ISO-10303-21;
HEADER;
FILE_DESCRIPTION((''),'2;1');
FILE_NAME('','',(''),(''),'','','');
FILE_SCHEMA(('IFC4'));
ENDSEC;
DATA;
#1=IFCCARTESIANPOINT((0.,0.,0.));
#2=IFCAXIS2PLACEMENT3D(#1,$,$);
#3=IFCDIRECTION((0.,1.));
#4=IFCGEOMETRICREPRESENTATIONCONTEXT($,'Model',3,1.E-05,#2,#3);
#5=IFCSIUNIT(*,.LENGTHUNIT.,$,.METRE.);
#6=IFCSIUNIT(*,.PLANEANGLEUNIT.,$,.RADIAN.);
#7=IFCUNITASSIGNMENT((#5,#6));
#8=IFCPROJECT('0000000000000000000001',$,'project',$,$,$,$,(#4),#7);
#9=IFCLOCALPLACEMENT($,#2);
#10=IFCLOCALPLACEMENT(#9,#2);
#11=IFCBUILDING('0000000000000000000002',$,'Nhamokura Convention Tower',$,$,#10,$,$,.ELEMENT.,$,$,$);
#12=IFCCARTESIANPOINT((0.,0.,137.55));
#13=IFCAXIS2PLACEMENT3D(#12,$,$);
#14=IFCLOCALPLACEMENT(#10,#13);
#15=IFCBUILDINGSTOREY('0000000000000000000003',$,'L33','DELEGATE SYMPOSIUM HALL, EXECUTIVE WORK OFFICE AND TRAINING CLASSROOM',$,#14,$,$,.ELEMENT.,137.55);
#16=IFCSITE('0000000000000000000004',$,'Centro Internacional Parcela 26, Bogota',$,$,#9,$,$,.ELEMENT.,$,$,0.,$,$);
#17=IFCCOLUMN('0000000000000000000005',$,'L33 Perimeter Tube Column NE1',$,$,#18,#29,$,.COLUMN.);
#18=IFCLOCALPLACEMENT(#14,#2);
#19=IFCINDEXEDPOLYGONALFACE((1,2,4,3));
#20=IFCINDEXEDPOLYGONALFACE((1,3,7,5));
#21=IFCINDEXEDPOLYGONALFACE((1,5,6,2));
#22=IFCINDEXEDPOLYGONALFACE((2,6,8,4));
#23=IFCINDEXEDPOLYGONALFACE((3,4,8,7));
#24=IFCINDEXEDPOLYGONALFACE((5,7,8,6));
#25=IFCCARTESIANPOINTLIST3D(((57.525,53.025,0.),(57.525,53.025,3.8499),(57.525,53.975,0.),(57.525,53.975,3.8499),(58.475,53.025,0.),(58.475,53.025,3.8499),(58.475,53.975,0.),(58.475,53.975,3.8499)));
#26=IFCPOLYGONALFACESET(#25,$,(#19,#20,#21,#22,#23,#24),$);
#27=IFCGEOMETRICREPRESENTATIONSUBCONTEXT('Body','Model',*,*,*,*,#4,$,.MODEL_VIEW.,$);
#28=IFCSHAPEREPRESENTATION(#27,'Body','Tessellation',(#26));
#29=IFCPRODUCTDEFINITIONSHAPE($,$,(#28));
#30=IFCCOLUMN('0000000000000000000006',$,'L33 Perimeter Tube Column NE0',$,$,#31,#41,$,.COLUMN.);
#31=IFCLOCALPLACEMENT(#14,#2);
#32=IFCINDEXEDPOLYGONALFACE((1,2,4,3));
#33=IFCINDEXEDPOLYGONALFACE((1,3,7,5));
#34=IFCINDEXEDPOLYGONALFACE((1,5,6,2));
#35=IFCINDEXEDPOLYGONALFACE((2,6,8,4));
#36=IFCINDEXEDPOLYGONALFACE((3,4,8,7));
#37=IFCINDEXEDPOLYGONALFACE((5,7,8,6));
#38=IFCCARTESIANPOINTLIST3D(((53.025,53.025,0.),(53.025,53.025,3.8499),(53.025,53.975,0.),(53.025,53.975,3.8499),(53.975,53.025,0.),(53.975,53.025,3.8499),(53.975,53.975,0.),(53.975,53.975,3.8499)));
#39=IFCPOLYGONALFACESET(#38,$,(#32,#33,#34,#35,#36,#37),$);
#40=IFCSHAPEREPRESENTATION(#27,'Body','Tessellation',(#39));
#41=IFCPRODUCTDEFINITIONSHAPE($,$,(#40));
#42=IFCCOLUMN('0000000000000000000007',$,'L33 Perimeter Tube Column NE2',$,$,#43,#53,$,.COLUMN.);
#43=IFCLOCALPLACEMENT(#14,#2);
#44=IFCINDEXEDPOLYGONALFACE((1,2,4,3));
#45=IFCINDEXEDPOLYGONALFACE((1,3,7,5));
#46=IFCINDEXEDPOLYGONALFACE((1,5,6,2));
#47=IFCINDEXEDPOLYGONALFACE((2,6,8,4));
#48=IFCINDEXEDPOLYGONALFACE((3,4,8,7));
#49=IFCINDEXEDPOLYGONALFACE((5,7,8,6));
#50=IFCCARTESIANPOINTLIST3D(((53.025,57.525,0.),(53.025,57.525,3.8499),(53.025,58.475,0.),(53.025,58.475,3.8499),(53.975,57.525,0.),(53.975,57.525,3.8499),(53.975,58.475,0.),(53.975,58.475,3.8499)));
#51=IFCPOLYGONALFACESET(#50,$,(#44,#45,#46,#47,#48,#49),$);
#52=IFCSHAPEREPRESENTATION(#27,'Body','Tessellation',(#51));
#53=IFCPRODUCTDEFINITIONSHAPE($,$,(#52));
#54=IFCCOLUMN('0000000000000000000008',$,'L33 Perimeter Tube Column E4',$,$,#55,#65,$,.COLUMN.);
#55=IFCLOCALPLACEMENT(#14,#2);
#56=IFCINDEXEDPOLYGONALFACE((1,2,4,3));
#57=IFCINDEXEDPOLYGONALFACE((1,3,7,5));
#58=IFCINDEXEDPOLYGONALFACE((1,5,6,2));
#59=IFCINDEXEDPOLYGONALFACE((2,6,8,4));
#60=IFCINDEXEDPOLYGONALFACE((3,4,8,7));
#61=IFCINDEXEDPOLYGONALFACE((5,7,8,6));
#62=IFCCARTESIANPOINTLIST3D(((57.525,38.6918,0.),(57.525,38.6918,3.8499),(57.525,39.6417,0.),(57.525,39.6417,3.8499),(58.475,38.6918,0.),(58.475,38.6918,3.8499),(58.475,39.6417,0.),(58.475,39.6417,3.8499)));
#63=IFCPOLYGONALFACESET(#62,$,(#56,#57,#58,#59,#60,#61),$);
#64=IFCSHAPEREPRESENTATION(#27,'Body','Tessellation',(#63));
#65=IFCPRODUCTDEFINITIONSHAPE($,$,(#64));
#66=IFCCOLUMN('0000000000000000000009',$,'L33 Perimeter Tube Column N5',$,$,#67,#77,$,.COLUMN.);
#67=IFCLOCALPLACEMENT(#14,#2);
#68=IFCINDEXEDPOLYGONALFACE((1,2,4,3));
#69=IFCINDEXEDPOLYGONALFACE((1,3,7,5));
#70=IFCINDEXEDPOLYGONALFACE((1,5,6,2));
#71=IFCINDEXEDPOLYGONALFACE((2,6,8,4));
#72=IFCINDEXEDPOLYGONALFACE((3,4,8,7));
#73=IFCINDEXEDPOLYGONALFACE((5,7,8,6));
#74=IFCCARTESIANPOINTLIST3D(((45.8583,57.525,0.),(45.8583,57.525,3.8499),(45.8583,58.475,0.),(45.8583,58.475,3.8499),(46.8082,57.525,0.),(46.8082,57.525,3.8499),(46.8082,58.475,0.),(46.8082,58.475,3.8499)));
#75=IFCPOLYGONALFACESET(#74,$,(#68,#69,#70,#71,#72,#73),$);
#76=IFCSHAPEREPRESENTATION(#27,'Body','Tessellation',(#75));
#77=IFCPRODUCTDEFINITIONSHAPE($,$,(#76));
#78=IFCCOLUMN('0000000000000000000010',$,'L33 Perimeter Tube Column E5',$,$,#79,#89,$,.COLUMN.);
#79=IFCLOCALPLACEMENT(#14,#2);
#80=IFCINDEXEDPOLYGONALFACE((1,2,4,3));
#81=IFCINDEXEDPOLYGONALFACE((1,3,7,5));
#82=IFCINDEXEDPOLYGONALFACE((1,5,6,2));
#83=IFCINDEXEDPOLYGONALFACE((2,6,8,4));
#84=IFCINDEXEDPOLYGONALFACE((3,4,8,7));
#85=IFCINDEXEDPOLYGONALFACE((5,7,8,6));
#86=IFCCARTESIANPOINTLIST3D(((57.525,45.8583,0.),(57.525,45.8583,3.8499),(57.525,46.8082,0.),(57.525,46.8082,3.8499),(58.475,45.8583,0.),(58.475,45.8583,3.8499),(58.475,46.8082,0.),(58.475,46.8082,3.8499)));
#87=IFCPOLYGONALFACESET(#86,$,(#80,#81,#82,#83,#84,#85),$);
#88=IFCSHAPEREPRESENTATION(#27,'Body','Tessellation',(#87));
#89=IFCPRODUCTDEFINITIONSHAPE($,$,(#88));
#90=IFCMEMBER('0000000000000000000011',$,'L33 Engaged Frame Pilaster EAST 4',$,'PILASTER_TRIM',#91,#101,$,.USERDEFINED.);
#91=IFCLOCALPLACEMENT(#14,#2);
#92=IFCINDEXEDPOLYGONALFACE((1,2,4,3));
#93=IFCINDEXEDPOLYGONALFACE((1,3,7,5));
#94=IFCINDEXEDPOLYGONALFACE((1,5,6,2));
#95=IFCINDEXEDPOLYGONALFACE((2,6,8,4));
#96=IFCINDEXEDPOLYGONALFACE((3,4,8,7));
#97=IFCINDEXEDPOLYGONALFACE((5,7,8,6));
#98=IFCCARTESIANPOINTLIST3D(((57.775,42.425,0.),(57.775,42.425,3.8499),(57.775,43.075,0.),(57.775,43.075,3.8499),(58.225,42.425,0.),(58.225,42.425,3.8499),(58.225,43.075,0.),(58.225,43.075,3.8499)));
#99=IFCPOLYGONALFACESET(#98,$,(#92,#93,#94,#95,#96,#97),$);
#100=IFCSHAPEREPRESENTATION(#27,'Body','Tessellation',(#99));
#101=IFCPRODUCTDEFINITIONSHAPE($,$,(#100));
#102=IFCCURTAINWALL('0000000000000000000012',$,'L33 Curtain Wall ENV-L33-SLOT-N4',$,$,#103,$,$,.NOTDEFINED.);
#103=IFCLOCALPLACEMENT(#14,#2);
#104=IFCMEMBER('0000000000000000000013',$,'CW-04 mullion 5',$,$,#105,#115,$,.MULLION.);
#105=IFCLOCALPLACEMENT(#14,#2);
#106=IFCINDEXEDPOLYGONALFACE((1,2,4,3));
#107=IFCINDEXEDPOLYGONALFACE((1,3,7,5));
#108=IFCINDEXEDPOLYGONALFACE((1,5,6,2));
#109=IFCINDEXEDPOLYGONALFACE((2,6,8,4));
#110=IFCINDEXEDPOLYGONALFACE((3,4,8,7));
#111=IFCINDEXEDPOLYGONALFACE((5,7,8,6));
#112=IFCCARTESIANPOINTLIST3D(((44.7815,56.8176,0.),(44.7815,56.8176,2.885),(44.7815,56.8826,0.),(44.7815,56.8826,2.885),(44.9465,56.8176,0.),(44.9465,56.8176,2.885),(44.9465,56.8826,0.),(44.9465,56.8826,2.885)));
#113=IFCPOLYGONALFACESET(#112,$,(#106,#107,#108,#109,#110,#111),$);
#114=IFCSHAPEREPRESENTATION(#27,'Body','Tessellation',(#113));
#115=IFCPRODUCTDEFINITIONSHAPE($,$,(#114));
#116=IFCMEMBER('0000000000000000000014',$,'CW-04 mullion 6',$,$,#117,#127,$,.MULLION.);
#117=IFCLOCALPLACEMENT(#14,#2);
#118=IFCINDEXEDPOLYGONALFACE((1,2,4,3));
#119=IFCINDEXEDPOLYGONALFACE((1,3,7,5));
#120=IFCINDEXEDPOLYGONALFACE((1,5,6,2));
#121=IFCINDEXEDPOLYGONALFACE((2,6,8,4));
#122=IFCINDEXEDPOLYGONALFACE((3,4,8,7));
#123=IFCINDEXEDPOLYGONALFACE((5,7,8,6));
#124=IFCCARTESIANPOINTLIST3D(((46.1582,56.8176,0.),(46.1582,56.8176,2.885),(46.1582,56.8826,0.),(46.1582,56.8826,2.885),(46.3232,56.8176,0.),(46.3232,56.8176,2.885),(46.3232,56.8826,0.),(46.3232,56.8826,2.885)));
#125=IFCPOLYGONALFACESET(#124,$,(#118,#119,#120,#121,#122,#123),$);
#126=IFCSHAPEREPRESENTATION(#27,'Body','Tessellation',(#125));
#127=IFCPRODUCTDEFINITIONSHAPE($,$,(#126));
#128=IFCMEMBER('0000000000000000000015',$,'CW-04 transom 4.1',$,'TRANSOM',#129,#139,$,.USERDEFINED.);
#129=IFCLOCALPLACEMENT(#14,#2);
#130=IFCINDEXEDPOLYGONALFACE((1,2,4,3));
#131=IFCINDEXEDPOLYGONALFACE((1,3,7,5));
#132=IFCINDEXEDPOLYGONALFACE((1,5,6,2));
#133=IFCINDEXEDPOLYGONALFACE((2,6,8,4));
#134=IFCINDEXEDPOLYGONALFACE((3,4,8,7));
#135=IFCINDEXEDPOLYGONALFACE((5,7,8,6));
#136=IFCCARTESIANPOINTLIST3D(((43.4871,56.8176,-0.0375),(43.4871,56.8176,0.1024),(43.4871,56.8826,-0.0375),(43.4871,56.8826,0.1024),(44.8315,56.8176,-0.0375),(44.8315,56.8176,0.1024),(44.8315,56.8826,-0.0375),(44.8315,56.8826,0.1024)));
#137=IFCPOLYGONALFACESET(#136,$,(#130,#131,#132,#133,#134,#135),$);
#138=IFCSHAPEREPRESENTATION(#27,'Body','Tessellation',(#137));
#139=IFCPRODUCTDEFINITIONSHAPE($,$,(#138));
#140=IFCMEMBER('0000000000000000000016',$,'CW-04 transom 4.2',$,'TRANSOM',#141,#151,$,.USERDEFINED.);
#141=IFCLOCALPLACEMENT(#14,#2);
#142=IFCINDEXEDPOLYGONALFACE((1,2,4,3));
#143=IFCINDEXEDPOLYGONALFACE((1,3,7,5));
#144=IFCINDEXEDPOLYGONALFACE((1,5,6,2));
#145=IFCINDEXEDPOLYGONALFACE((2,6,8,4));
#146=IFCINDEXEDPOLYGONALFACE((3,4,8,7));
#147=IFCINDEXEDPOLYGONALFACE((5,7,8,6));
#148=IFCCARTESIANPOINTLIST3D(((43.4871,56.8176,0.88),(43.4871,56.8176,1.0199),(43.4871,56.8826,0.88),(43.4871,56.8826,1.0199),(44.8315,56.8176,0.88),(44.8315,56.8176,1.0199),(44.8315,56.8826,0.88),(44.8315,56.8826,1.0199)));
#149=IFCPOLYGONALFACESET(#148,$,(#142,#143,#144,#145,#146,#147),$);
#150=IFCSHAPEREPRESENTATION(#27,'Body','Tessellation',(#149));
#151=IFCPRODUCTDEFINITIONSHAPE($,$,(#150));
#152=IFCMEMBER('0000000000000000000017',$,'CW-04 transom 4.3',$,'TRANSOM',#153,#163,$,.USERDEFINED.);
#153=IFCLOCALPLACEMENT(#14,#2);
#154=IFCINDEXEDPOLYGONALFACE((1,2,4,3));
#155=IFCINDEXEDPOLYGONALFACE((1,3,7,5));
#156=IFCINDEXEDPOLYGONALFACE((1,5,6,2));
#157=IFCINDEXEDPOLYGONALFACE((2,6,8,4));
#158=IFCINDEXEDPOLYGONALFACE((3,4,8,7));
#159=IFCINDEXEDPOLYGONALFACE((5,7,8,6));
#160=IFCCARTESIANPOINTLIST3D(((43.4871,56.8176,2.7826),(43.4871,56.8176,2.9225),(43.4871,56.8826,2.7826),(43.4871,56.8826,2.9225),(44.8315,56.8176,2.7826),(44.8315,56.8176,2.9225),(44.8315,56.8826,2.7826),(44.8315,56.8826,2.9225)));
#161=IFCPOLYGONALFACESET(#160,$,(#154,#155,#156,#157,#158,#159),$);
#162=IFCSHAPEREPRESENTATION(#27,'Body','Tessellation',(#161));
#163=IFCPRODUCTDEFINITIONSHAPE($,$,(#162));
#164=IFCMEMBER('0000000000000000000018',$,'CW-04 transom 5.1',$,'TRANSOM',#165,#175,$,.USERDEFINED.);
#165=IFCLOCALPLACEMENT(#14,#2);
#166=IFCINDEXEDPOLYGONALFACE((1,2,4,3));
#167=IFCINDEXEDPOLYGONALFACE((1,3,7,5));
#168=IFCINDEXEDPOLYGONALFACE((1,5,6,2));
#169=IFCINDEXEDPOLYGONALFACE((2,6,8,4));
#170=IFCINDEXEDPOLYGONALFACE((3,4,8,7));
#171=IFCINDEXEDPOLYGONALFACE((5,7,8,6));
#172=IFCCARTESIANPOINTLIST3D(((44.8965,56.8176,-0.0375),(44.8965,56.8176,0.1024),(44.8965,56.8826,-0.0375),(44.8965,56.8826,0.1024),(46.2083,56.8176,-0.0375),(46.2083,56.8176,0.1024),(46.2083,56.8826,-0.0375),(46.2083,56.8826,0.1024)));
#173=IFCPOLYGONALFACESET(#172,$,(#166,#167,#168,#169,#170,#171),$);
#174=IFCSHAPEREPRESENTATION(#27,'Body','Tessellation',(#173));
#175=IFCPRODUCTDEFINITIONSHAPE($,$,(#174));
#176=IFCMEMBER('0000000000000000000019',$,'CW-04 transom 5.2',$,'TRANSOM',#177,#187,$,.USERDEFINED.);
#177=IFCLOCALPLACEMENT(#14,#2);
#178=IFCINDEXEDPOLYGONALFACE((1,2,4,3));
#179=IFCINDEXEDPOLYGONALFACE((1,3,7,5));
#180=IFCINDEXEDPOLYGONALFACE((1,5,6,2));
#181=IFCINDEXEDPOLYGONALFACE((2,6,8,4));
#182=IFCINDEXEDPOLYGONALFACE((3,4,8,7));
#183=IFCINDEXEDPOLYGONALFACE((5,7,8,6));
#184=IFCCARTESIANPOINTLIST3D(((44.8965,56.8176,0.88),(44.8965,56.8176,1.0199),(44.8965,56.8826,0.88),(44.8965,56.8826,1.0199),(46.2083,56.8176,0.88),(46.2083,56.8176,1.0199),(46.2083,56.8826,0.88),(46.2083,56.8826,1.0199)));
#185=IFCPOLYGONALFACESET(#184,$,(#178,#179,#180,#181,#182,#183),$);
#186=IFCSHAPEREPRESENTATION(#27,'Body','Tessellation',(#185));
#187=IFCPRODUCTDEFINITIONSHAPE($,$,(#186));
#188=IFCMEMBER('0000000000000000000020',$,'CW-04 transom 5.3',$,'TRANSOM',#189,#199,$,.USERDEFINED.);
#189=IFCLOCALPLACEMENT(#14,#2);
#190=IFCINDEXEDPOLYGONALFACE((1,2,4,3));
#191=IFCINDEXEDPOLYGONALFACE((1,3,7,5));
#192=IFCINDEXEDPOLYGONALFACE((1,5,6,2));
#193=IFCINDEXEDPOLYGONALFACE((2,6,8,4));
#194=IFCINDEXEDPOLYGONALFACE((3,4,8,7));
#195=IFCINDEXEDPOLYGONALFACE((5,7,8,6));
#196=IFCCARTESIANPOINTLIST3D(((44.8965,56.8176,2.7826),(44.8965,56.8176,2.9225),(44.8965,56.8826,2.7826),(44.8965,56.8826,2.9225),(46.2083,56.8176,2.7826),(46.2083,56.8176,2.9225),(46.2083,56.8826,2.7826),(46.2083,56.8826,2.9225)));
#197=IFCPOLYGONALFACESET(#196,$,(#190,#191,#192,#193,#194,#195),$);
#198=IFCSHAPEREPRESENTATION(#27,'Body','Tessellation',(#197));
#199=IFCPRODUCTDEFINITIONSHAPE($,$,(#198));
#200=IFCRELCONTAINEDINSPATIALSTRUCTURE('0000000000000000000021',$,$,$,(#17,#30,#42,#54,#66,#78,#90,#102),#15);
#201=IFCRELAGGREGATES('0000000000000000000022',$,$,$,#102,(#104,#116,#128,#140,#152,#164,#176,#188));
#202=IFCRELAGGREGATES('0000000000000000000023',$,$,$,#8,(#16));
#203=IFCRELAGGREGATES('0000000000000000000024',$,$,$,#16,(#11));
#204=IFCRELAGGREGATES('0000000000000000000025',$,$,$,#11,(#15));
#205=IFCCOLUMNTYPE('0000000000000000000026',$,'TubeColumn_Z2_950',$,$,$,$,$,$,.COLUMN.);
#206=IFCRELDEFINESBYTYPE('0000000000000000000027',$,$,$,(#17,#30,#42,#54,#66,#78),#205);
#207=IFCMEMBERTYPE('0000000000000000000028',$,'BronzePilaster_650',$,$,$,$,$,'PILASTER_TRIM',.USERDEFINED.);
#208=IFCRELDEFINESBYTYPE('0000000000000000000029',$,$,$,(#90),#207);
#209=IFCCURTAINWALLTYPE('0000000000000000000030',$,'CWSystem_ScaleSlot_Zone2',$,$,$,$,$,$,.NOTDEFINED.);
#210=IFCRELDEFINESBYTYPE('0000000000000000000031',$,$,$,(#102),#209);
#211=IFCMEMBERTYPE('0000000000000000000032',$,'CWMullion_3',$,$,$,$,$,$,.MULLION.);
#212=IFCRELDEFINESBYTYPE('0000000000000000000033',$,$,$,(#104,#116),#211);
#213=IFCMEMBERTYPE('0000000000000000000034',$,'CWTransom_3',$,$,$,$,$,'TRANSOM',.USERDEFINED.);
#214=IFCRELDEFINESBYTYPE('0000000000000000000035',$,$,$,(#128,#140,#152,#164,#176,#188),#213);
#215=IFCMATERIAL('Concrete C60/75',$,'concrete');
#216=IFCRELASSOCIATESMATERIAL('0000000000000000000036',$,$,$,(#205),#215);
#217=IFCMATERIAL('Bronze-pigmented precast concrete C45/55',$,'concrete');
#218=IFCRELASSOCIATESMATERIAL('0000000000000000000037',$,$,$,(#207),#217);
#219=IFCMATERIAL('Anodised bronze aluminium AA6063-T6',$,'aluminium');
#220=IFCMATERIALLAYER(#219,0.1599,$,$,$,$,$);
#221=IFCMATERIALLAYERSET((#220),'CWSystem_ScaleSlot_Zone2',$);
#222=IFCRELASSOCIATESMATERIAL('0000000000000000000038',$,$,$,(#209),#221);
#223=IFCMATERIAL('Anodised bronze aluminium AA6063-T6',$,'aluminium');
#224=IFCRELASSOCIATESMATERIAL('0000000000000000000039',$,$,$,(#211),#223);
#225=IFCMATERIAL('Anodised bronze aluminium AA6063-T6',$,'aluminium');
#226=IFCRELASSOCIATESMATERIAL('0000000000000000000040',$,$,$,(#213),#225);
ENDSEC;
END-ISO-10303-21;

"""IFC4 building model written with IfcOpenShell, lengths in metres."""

from ifc_helpers import new_model, si_unit, direction, frame, origin, origin_2d, place, context, subcontext, project, spatial, rectangle, extrude, material, layer, layer_set, material_profile, profile_set, type_object, element, aggregate, save


model = new_model("IFC4")

# Units and contexts
model_context = context("Model", 3, precision=1e-05, world=origin(), true_north=direction((0.0, 1.0)))
body_context = subcontext(model_context, "Body", "Model", "MODEL_VIEW")
ifc_project = project(units=[si_unit("LENGTHUNIT", "METRE"), si_unit("PLANEANGLEUNIT", "RADIAN")], contexts=[model_context])

# Site, building, storey
site_placement = place(None, origin())
site = spatial("IfcSite", under=ifc_project, at=site_placement, Name="Centro Internacional Parcela 26, Bogota", CompositionType="ELEMENT", RefElevation=0.0)
building_placement = place(site_placement, origin())
building = spatial("IfcBuilding", under=site, at=building_placement, Name="Nhamokura Convention Tower", CompositionType="ELEMENT")
storey_placement = place(building_placement, frame((0.0, 0.0, 137.55)))
storey = spatial("IfcBuildingStorey", under=building, at=storey_placement, Name="L33", Description="DELEGATE SYMPOSIUM HALL, EXECUTIVE WORK OFFICE AND TRAINING CLASSROOM", CompositionType="ELEMENT", Elevation=137.55)

# Columns
ifc_material_1 = material(Name="Concrete C60/75", Category="concrete")
ifc_material_profile_1 = material_profile(ifc_material_1, rectangle(XDim=0.95, YDim=0.95, at=origin_2d()))
ifc_profile_set_1 = profile_set([ifc_material_profile_1], Name="Concrete C60/75")
column_type = type_object("IfcColumnType", Name="TubeColumn_Z2_950", PredefinedType="COLUMN", material=ifc_profile_set_1)
for number, where, z_axis, x_axis, name in (
    (1, (58.0, 53.5, 0.0), (0.0, 0.0, 1.0), (1.0, 0.0, 0.0), "L33 Perimeter Tube Column NE1"),
    (2, (53.5, 53.5, 0.0), (0.0, 0.0, 1.0), (1.0, 0.0, 0.0), "L33 Perimeter Tube Column NE0"),
    (3, (53.5, 58.0, 0.0), (0.0, 0.0, 1.0), (1.0, 0.0, 0.0), "L33 Perimeter Tube Column NE2"),
    (4, (58.0, 39.1667, 0.0), (0.0, 0.0, 1.0), (1.0, 0.0, 0.0), "L33 Perimeter Tube Column E4"),
    (5, (46.3333, 58.0, 0.0), (0.0, 0.0, 1.0), (1.0, 0.0, 0.0), "L33 Perimeter Tube Column N5"),
    (6, (58.0, 46.3333, 0.0), (0.0, 0.0, 1.0), (1.0, 0.0, 0.0), "L33 Perimeter Tube Column E5"),
):
    element("IfcColumn", number, at=place(storey_placement, frame(where, z_axis=z_axis, x_axis=x_axis)), inside=storey, type_object=column_type, Name=name, PredefinedType="COLUMN", context=body_context, shape_type="SweptSolid", body=[
        extrude(rectangle(XDim=0.95, YDim=0.95, at=origin_2d()), origin(), (0.0, 0.0, 1.0), 3.8499),
    ])

# Member
ifc_material_2 = material(Name="Bronze-pigmented precast concrete C45/55", Category="concrete")
ifc_material_profile_2 = material_profile(ifc_material_2, rectangle(XDim=0.45, YDim=0.6499, at=origin_2d()))
ifc_profile_set_2 = profile_set([ifc_material_profile_2], Name="Bronze-pigmented precast concrete C45/55")
member_type_1 = type_object("IfcMemberType", Name="BronzePilaster_650", ElementType="PILASTER_TRIM", PredefinedType="USERDEFINED", material=ifc_profile_set_2)
member_1_placement = place(storey_placement, frame((58.0, 42.75, 0.0), z_axis=(0.0, 0.0, 1.0), x_axis=(1.0, 0.0, 0.0)))
element("IfcMember", 7, at=member_1_placement, inside=storey, type_object=member_type_1, Name="L33 Engaged Frame Pilaster EAST 4", ObjectType="PILASTER_TRIM", PredefinedType="USERDEFINED", context=body_context, shape_type="SweptSolid", body=[
    extrude(rectangle(XDim=0.45, YDim=0.6499, at=origin_2d()), origin(), (0.0, 0.0, 1.0), 3.8499),
])

# Curtain wall, members
ifc_material_3 = material(Name="Anodised bronze aluminium AA6063-T6", Category="aluminium")
ifc_layer_1 = layer(ifc_material_3, 0.1599)
ifc_layer_set_1 = layer_set([ifc_layer_1], Name="CWSystem_ScaleSlot_Zone2")
curtain_wall_type = type_object("IfcCurtainWallType", Name="CWSystem_ScaleSlot_Zone2", PredefinedType="NOTDEFINED", material=ifc_layer_set_1)
curtain_wall_placement = place(storey_placement, origin())
curtain_wall = element("IfcCurtainWall", 8, at=curtain_wall_placement, inside=storey, type_object=curtain_wall_type, Name="L33 Curtain Wall ENV-L33-SLOT-N4", PredefinedType="NOTDEFINED")
ifc_material_4 = material(Name="Anodised bronze aluminium AA6063-T6", Category="aluminium")
ifc_material_profile_3 = material_profile(ifc_material_4, rectangle(XDim=0.0649, YDim=0.165, at=origin_2d()))
ifc_profile_set_3 = profile_set([ifc_material_profile_3], Name="Anodised bronze aluminium AA6063-T6")
member_type_2 = type_object("IfcMemberType", Name="CWMullion_3", PredefinedType="MULLION", material=ifc_profile_set_3)
member_2_placement = place(storey_placement, frame((44.864, 56.8501, 0.0), z_axis=(0.0, 0.0, 1.0), x_axis=(0.0, 1.0, 0.0)))
member_2 = element("IfcMember", 9, at=member_2_placement, type_object=member_type_2, Name="CW-04 mullion 5", PredefinedType="MULLION", context=body_context, shape_type="SweptSolid", body=[
    extrude(rectangle(XDim=0.0649, YDim=0.165, at=origin_2d()), origin(), (0.0, 0.0, 1.0), 2.885),
])
member_3_placement = place(storey_placement, frame((46.2407, 56.8501, 0.0), z_axis=(0.0, 0.0, 1.0), x_axis=(0.0, 1.0, 0.0)))
member_3 = element("IfcMember", 10, at=member_3_placement, type_object=member_type_2, Name="CW-04 mullion 6", PredefinedType="MULLION", context=body_context, shape_type="SweptSolid", body=[
    extrude(rectangle(XDim=0.0649, YDim=0.165, at=origin_2d()), origin(), (0.0, 0.0, 1.0), 2.885),
])
ifc_material_5 = material(Name="Anodised bronze aluminium AA6063-T6", Category="aluminium")
ifc_material_profile_4 = material_profile(ifc_material_5, rectangle(XDim=0.0649, YDim=0.1399, at=origin_2d()))
ifc_profile_set_4 = profile_set([ifc_material_profile_4], Name="Anodised bronze aluminium AA6063-T6")
member_type_3 = type_object("IfcMemberType", Name="CWTransom_3", ElementType="TRANSOM", PredefinedType="USERDEFINED", material=ifc_profile_set_4)
member_4_placement = place(storey_placement, frame((43.4871, 56.8501, 0.0325), z_axis=(1.0, 0.0, 0.0), x_axis=(0.0, 1.0, 0.0)))
member_4 = element("IfcMember", 11, at=member_4_placement, type_object=member_type_3, Name="CW-04 transom 4.1", ObjectType="TRANSOM", PredefinedType="USERDEFINED", context=body_context, shape_type="SweptSolid", body=[
    extrude(rectangle(XDim=0.0649, YDim=0.1399, at=origin_2d()), origin(), (0.0, 0.0, 1.0), 1.3445),
])
member_5_placement = place(storey_placement, frame((43.4871, 56.8501, 0.95), z_axis=(1.0, 0.0, 0.0), x_axis=(0.0, 1.0, 0.0)))
member_5 = element("IfcMember", 12, at=member_5_placement, type_object=member_type_3, Name="CW-04 transom 4.2", ObjectType="TRANSOM", PredefinedType="USERDEFINED", context=body_context, shape_type="SweptSolid", body=[
    extrude(rectangle(XDim=0.0649, YDim=0.1399, at=origin_2d()), origin(), (0.0, 0.0, 1.0), 1.3445),
])
member_6_placement = place(storey_placement, frame((43.4871, 56.8501, 2.8525), z_axis=(1.0, 0.0, 0.0), x_axis=(0.0, 1.0, 0.0)))
member_6 = element("IfcMember", 13, at=member_6_placement, type_object=member_type_3, Name="CW-04 transom 4.3", ObjectType="TRANSOM", PredefinedType="USERDEFINED", context=body_context, shape_type="SweptSolid", body=[
    extrude(rectangle(XDim=0.0649, YDim=0.1399, at=origin_2d()), origin(), (0.0, 0.0, 1.0), 1.3445),
])
member_7_placement = place(storey_placement, frame((44.8965, 56.8501, 0.0325), z_axis=(1.0, 0.0, 0.0), x_axis=(0.0, 1.0, 0.0)))
member_7 = element("IfcMember", 14, at=member_7_placement, type_object=member_type_3, Name="CW-04 transom 5.1", ObjectType="TRANSOM", PredefinedType="USERDEFINED", context=body_context, shape_type="SweptSolid", body=[
    extrude(rectangle(XDim=0.0649, YDim=0.1399, at=origin_2d()), origin(), (0.0, 0.0, 1.0), 1.3118),
])
member_8_placement = place(storey_placement, frame((44.8965, 56.8501, 0.95), z_axis=(1.0, 0.0, 0.0), x_axis=(0.0, 1.0, 0.0)))
member_8 = element("IfcMember", 15, at=member_8_placement, type_object=member_type_3, Name="CW-04 transom 5.2", ObjectType="TRANSOM", PredefinedType="USERDEFINED", context=body_context, shape_type="SweptSolid", body=[
    extrude(rectangle(XDim=0.0649, YDim=0.1399, at=origin_2d()), origin(), (0.0, 0.0, 1.0), 1.3118),
])
member_9_placement = place(storey_placement, frame((44.8965, 56.8501, 2.8525), z_axis=(1.0, 0.0, 0.0), x_axis=(0.0, 1.0, 0.0)))
member_9 = element("IfcMember", 16, at=member_9_placement, type_object=member_type_3, Name="CW-04 transom 5.3", ObjectType="TRANSOM", PredefinedType="USERDEFINED", context=body_context, shape_type="SweptSolid", body=[
    extrude(rectangle(XDim=0.0649, YDim=0.1399, at=origin_2d()), origin(), (0.0, 0.0, 1.0), 1.3118),
])

aggregate(curtain_wall, [member_2, member_3, member_4, member_5, member_6, member_7, member_8, member_9])

save(model, "model.ifc")
